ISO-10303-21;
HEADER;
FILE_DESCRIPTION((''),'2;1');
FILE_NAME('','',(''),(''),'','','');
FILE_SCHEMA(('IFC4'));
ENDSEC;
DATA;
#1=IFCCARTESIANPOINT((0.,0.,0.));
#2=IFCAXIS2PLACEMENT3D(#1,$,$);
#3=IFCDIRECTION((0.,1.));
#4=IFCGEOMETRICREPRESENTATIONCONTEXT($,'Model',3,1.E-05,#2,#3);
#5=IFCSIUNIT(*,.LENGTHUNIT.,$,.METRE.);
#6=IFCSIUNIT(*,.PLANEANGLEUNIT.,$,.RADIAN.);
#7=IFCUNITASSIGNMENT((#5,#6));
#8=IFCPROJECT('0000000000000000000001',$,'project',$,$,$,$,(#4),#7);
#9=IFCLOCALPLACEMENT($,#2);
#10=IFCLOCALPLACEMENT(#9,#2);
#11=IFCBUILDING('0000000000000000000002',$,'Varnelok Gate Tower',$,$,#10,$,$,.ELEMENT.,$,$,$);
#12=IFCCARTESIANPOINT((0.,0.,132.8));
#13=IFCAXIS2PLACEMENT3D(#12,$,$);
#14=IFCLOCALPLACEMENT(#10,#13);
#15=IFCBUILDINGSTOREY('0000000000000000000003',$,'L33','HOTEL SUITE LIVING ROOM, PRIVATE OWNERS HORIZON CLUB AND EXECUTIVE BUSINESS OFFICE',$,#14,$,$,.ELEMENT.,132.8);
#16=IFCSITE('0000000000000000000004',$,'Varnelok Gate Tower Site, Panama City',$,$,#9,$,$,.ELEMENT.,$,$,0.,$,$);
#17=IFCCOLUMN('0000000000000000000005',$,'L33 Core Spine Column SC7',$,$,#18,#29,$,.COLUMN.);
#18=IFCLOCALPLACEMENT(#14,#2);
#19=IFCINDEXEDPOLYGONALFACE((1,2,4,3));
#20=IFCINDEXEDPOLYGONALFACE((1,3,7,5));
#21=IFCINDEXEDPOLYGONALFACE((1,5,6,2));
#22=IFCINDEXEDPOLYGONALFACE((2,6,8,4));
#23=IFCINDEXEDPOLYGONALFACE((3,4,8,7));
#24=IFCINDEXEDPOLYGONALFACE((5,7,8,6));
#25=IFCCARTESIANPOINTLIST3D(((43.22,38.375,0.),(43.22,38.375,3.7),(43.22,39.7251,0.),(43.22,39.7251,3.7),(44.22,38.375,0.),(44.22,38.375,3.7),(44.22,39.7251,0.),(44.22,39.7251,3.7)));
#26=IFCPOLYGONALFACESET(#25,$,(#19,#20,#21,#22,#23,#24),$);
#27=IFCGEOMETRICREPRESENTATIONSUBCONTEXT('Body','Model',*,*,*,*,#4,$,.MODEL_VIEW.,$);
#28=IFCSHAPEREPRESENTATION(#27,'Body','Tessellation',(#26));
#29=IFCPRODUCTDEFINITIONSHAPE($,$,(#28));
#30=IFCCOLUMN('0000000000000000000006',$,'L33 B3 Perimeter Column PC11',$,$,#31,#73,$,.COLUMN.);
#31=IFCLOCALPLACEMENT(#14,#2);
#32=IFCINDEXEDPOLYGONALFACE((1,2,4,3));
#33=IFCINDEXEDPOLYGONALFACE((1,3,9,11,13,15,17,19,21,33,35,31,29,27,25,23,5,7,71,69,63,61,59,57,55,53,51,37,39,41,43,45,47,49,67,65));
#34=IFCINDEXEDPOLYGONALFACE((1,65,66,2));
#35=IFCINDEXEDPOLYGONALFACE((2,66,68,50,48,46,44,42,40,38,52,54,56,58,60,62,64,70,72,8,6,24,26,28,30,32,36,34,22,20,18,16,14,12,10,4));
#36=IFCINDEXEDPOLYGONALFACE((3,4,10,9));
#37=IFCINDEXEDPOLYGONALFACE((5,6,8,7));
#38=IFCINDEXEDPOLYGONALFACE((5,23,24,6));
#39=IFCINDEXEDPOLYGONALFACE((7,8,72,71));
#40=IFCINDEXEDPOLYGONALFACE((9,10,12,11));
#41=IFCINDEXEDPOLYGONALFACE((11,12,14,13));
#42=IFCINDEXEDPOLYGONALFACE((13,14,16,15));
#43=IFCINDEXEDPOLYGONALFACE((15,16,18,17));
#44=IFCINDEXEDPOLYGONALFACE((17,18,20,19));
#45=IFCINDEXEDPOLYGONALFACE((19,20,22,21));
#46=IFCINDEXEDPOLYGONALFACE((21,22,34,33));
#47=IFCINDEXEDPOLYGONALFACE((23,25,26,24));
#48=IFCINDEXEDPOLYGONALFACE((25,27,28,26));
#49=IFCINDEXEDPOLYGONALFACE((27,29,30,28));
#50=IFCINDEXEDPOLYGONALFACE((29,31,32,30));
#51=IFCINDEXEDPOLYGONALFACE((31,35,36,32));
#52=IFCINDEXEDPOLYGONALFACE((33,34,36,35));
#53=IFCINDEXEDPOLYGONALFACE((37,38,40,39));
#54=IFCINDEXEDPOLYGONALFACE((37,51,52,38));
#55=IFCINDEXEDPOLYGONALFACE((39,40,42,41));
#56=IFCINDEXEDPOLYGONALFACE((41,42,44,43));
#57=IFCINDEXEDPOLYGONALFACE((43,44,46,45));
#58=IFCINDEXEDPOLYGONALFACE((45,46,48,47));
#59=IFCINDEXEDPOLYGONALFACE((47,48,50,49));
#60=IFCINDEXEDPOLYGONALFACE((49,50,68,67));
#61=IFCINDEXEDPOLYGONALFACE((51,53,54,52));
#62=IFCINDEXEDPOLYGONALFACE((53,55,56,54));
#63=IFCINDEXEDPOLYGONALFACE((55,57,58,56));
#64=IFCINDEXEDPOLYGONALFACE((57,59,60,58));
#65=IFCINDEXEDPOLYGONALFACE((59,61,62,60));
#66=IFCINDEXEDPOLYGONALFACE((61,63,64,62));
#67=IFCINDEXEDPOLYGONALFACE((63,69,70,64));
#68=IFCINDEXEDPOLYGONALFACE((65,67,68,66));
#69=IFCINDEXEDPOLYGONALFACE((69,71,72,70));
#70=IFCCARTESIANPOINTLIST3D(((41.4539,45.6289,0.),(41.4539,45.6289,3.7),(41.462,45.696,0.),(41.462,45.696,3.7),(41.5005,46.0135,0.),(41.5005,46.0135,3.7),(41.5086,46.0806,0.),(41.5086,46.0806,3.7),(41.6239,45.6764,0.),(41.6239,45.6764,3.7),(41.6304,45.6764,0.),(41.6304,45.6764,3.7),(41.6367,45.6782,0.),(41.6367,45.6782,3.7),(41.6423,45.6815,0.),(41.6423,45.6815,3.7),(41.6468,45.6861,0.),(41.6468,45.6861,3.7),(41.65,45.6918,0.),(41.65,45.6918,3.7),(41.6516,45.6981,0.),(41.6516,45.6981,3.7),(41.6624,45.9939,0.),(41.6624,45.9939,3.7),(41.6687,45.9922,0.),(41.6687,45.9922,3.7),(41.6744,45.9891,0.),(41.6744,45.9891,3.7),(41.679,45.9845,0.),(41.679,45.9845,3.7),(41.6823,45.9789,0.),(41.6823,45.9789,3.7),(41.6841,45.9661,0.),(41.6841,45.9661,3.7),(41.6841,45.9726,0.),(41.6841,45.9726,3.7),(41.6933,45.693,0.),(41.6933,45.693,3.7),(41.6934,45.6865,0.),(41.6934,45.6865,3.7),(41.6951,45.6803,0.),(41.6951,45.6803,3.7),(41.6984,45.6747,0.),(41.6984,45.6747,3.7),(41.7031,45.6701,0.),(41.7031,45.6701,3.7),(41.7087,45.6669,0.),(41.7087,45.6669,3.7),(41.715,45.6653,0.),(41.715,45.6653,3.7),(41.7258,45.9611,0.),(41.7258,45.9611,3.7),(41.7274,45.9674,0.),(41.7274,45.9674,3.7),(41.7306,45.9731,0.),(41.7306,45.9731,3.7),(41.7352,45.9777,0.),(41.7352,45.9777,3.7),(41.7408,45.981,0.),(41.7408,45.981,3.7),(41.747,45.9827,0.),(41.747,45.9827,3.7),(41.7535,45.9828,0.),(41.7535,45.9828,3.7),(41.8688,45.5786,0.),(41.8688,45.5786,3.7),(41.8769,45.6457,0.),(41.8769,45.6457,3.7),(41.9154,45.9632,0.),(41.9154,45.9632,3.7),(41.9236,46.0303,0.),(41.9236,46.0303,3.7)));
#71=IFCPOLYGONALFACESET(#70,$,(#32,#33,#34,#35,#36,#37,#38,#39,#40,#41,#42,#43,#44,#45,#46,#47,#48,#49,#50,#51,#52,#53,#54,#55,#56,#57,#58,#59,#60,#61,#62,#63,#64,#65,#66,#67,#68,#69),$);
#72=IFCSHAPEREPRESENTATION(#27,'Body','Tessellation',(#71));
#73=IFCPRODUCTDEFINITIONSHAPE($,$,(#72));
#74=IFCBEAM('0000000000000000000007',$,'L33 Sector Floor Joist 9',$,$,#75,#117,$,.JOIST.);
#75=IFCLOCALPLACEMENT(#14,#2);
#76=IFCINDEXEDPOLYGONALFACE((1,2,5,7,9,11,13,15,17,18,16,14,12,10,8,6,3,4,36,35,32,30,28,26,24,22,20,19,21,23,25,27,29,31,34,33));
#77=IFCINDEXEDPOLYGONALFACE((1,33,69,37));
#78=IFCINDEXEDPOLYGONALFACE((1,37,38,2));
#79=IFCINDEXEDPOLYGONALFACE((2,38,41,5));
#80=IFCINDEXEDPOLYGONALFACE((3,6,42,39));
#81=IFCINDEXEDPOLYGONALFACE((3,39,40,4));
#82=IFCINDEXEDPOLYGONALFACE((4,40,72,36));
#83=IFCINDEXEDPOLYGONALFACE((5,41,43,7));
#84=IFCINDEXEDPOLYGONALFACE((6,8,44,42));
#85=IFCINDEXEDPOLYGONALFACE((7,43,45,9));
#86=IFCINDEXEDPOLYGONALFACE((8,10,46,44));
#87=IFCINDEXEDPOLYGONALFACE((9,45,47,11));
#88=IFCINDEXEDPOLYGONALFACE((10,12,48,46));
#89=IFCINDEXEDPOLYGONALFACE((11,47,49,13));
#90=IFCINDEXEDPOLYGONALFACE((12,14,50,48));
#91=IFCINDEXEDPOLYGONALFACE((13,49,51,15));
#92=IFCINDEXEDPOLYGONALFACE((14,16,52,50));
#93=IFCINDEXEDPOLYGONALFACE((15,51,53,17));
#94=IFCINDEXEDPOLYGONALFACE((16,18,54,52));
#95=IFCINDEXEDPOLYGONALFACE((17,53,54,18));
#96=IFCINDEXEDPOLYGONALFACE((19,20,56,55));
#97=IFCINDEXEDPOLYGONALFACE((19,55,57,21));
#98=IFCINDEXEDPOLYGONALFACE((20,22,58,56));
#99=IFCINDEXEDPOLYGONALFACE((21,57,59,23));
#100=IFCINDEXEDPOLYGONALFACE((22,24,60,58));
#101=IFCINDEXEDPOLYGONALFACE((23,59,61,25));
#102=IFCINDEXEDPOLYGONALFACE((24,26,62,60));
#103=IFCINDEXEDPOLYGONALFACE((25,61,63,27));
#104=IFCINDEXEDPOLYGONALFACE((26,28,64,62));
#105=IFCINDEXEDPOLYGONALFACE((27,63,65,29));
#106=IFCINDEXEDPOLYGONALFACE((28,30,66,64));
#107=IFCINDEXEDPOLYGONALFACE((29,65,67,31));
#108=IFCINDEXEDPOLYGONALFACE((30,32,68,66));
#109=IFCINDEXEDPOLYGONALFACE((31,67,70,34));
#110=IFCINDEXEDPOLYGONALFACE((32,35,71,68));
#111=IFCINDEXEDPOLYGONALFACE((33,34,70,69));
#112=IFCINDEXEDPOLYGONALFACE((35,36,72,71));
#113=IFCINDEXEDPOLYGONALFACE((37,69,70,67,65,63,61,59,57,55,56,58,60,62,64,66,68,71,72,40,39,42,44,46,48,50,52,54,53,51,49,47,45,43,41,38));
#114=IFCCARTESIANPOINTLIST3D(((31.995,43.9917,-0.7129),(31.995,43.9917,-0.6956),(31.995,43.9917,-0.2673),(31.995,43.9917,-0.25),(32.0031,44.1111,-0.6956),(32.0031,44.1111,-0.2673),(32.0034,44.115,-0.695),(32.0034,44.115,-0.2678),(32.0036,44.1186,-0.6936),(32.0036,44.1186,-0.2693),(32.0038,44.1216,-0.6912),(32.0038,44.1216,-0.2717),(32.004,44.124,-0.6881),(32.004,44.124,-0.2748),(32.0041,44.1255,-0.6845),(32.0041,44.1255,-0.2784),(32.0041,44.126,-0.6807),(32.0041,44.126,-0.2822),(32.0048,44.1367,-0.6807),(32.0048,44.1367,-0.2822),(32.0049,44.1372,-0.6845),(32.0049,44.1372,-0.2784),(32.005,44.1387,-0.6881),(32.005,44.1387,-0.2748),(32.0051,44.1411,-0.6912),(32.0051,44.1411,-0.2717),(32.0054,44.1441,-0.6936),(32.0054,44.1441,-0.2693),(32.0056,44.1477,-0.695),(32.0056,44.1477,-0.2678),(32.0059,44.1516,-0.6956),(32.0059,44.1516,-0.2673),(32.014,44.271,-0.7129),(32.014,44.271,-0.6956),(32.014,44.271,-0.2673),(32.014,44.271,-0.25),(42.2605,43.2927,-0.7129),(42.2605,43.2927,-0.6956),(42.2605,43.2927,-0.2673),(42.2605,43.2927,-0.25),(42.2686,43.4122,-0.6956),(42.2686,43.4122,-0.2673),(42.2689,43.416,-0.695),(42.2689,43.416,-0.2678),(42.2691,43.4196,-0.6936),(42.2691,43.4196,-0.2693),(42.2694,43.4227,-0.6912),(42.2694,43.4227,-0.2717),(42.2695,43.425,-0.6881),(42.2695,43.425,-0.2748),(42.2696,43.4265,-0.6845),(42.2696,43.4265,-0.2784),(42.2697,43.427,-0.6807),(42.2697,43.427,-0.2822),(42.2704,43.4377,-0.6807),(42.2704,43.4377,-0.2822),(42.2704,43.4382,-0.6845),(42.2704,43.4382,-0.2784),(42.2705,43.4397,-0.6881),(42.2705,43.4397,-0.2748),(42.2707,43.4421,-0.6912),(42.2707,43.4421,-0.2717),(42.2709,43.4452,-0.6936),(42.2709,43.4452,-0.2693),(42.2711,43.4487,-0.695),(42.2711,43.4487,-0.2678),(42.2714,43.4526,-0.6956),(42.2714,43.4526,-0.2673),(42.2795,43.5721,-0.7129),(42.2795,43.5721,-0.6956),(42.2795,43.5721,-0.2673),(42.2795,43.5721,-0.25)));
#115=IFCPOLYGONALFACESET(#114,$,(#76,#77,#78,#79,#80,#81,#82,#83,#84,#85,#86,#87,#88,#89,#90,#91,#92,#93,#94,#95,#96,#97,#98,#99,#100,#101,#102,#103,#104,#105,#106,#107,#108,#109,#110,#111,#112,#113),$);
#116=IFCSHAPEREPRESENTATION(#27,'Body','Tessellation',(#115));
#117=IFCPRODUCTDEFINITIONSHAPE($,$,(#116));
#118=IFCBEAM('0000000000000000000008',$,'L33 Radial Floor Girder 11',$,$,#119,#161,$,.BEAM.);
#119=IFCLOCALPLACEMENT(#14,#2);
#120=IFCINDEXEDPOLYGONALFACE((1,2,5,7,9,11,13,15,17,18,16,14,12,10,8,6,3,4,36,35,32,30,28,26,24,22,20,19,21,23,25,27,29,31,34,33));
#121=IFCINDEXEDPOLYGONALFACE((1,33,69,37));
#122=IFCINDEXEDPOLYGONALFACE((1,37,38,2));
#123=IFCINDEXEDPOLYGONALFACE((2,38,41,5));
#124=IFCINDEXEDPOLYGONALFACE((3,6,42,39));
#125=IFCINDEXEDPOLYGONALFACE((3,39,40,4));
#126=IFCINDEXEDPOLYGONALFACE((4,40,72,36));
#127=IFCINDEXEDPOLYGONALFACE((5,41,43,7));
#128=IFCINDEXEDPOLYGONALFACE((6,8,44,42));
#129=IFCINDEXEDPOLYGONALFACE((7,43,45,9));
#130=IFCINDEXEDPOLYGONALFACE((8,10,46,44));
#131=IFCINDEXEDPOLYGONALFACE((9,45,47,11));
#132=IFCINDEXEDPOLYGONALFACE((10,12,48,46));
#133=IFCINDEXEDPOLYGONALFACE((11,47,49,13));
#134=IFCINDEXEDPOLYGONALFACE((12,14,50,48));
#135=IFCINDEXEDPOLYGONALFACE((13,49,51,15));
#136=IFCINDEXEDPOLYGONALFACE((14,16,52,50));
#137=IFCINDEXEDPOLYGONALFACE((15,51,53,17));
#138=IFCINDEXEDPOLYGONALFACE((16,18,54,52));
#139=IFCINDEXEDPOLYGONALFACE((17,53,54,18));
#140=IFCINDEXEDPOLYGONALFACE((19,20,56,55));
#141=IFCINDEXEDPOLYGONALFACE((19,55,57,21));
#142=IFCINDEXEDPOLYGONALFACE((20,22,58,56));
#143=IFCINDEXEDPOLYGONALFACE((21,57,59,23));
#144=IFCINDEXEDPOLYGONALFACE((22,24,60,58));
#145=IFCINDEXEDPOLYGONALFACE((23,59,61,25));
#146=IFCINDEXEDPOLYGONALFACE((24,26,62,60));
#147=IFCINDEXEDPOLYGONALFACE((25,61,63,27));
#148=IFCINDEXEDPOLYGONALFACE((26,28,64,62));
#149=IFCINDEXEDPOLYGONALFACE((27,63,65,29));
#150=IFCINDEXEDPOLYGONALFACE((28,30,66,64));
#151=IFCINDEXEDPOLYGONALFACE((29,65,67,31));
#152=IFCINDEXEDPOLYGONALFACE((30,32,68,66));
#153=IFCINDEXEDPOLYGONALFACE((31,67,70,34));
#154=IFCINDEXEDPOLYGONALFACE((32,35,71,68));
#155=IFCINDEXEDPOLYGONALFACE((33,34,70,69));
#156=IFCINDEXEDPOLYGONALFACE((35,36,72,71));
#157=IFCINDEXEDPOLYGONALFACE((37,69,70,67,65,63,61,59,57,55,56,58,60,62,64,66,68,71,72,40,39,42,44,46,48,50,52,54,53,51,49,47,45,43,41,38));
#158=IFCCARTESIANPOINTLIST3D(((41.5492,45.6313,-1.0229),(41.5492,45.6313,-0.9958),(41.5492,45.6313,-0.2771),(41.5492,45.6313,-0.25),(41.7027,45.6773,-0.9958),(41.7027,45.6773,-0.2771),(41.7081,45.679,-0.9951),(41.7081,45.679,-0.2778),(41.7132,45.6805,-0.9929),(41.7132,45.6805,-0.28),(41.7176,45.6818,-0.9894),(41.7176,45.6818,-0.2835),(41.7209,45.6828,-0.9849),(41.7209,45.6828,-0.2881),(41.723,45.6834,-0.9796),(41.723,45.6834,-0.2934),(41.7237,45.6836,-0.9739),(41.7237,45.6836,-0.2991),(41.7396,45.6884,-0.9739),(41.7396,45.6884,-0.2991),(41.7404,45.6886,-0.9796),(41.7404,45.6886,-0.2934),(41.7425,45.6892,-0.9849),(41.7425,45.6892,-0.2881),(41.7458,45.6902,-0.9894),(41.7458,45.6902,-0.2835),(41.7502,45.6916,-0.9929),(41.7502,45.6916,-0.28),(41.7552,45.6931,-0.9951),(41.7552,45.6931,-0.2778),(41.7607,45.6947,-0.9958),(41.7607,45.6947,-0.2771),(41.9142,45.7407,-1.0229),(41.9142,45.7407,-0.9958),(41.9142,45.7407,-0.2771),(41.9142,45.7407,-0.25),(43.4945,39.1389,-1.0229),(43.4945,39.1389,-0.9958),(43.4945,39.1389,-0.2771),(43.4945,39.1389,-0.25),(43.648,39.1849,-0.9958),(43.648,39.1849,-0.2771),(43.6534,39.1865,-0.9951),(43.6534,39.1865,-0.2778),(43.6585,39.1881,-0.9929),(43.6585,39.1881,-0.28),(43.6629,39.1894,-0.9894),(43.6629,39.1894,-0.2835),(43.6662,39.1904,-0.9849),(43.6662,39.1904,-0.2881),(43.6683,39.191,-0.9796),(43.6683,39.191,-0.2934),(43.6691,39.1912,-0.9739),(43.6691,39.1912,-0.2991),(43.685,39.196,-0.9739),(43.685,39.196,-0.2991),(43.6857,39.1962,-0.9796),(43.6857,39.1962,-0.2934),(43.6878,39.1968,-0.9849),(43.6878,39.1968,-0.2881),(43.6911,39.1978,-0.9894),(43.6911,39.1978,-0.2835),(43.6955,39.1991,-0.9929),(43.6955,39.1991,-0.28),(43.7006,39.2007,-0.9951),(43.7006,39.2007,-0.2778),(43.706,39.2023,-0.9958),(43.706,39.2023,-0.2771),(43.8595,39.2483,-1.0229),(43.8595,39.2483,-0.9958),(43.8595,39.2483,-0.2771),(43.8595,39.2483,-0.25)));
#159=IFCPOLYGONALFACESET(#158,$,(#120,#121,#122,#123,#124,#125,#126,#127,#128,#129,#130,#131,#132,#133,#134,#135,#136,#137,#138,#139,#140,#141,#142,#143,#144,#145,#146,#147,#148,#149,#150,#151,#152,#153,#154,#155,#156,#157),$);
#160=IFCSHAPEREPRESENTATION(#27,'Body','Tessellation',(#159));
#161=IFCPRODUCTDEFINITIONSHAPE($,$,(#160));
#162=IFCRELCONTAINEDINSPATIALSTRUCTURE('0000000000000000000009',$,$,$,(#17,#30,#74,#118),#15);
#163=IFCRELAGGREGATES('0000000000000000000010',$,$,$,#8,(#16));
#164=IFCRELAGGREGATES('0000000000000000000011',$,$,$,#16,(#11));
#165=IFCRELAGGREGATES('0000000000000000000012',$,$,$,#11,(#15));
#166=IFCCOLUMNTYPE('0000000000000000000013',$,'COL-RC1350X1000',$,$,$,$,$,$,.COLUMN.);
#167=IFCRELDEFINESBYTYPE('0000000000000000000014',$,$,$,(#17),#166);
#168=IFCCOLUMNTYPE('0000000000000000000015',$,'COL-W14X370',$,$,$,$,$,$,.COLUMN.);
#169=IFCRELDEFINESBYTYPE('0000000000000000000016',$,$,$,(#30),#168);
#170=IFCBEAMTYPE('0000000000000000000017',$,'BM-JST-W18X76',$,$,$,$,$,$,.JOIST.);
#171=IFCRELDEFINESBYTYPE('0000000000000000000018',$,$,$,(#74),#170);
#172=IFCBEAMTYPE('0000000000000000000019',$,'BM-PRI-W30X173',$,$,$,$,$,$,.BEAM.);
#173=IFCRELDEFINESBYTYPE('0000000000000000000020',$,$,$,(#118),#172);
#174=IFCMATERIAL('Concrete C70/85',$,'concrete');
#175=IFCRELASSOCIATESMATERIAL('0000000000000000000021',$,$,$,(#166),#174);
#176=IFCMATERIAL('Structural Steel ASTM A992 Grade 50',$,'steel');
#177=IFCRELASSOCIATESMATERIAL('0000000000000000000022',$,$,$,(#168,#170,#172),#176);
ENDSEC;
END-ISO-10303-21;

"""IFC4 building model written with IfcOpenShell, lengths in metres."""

from ifc_helpers import new_model, si_unit, direction, frame, origin, origin_2d, place, context, subcontext, project, spatial, rectangle, i_section, extrude, material, material_profile, profile_set, type_object, element, save


model = new_model("IFC4")

# Units and contexts
model_context = context("Model", 3, precision=1e-05, world=origin(), true_north=direction((0.0, 1.0)))
body_context = subcontext(model_context, "Body", "Model", "MODEL_VIEW")
ifc_project = project(units=[si_unit("LENGTHUNIT", "METRE"), si_unit("PLANEANGLEUNIT", "RADIAN")], contexts=[model_context])

# Site, building, storey
site_placement = place(None, origin())
site = spatial("IfcSite", under=ifc_project, at=site_placement, Name="Varnelok Gate Tower Site, Panama City", CompositionType="ELEMENT", RefElevation=0.0)
building_placement = place(site_placement, origin())
building = spatial("IfcBuilding", under=site, at=building_placement, Name="Varnelok Gate Tower", CompositionType="ELEMENT")
storey_placement = place(building_placement, frame((0.0, 0.0, 132.8)))
storey = spatial("IfcBuildingStorey", under=building, at=storey_placement, Name="L33", Description="HOTEL SUITE LIVING ROOM, PRIVATE OWNERS HORIZON CLUB AND EXECUTIVE BUSINESS OFFICE", CompositionType="ELEMENT", Elevation=132.8)

# Columns
ifc_material_1 = material(Name="Concrete C70/85", Category="concrete")
ifc_material_profile_1 = material_profile(ifc_material_1, rectangle(XDim=1.0, YDim=1.3501, at=origin_2d()), Name="RC1350X1000")
ifc_profile_set_1 = profile_set([ifc_material_profile_1], Name="Concrete C70/85")
column_type_1 = type_object("IfcColumnType", Name="COL-RC1350X1000", PredefinedType="COLUMN", material=ifc_profile_set_1)
column_1_placement = place(storey_placement, frame((43.72, 39.05, 0.0), z_axis=(0.0, 0.0, 1.0), x_axis=(1.0, 0.0, 0.0)))
element("IfcColumn", 1, at=column_1_placement, inside=storey, type_object=column_type_1, Name="L33 Core Spine Column SC7", PredefinedType="COLUMN", context=body_context, shape_type="SweptSolid", body=[
    extrude(rectangle(XDim=1.0, YDim=1.3501, at=origin_2d()), origin(), (0.0, 0.0, 1.0), 3.7),
])
ifc_material_2 = material(Name="Structural Steel ASTM A992 Grade 50", Category="steel")
ifc_material_profile_2 = material_profile(ifc_material_2, i_section(OverallWidth=0.418, OverallDepth=0.4551, WebThickness=0.042, FlangeThickness=0.0676, FilletRadius=0.0249, at=origin_2d()), Name="W14X370")
ifc_profile_set_2 = profile_set([ifc_material_profile_2], Name="Structural Steel ASTM A992 Grade 50")
column_type_2 = type_object("IfcColumnType", Name="COL-W14X370", PredefinedType="COLUMN", material=ifc_profile_set_2)
column_2_placement = place(storey_placement, frame((41.6887, 45.8296, 0.0), z_axis=(0.0, 0.0, 1.0), x_axis=(0.992732, -0.120345, 0.0)))
element("IfcColumn", 2, at=column_2_placement, inside=storey, type_object=column_type_2, Name="L33 B3 Perimeter Column PC11", PredefinedType="COLUMN", context=body_context, shape_type="SweptSolid", body=[
    extrude(i_section(OverallWidth=0.418, OverallDepth=0.4551, WebThickness=0.042, FlangeThickness=0.0676, FilletRadius=0.0249, at=origin_2d()), origin(), (0.0, 0.0, 1.0), 3.7),
])

# Beams
ifc_material_profile_3 = material_profile(ifc_material_2, i_section(OverallWidth=0.28, OverallDepth=0.4629, WebThickness=0.0107, FlangeThickness=0.0173, FilletRadius=0.0149, at=origin_2d()), Name="W18X76")
ifc_profile_set_3 = profile_set([ifc_material_profile_3], Name="Structural Steel ASTM A992 Grade 50")
beam_type_1 = type_object("IfcBeamType", Name="BM-JST-W18X76", PredefinedType="JOIST", material=ifc_profile_set_3)
beam_1_placement = place(storey_placement, frame((42.27, 43.4324, -0.4814), z_axis=(-0.99769, 0.067932, 0.0), x_axis=(-0.067932, -0.99769, 0.0)))
element("IfcBeam", 3, at=beam_1_placement, inside=storey, type_object=beam_type_1, Name="L33 Sector Floor Joist 9", PredefinedType="JOIST", context=body_context, shape_type="SweptSolid", body=[
    extrude(i_section(OverallWidth=0.28, OverallDepth=0.4629, WebThickness=0.0107, FlangeThickness=0.0173, FilletRadius=0.0149, at=origin_2d()), origin(), (0.0, 0.0, 1.0), 10.2893),
])
ifc_material_profile_4 = material_profile(ifc_material_2, i_section(OverallWidth=0.3811, OverallDepth=0.7729, WebThickness=0.0166, FlangeThickness=0.0271, FilletRadius=0.022, at=origin_2d()), Name="W30X173")
ifc_profile_set_4 = profile_set([ifc_material_profile_4], Name="Structural Steel ASTM A992 Grade 50")
beam_type_2 = type_object("IfcBeamType", Name="BM-PRI-W30X173", PredefinedType="BEAM", material=ifc_profile_set_4)
beam_2_placement = place(storey_placement, frame((43.677, 39.1936, -0.6365), z_axis=(-0.287021, 0.957924, 0.0), x_axis=(-0.957924, -0.287021, 0.0)))
element("IfcBeam", 4, at=beam_2_placement, inside=storey, type_object=beam_type_2, Name="L33 Radial Floor Girder 11", PredefinedType="BEAM", context=body_context, shape_type="SweptSolid", body=[
    extrude(i_section(OverallWidth=0.3811, OverallDepth=0.7729, WebThickness=0.0166, FlangeThickness=0.0271, FilletRadius=0.022, at=origin_2d()), origin(), (0.0, 0.0, 1.0), 6.7776),
])

save(model, "model.ifc")
